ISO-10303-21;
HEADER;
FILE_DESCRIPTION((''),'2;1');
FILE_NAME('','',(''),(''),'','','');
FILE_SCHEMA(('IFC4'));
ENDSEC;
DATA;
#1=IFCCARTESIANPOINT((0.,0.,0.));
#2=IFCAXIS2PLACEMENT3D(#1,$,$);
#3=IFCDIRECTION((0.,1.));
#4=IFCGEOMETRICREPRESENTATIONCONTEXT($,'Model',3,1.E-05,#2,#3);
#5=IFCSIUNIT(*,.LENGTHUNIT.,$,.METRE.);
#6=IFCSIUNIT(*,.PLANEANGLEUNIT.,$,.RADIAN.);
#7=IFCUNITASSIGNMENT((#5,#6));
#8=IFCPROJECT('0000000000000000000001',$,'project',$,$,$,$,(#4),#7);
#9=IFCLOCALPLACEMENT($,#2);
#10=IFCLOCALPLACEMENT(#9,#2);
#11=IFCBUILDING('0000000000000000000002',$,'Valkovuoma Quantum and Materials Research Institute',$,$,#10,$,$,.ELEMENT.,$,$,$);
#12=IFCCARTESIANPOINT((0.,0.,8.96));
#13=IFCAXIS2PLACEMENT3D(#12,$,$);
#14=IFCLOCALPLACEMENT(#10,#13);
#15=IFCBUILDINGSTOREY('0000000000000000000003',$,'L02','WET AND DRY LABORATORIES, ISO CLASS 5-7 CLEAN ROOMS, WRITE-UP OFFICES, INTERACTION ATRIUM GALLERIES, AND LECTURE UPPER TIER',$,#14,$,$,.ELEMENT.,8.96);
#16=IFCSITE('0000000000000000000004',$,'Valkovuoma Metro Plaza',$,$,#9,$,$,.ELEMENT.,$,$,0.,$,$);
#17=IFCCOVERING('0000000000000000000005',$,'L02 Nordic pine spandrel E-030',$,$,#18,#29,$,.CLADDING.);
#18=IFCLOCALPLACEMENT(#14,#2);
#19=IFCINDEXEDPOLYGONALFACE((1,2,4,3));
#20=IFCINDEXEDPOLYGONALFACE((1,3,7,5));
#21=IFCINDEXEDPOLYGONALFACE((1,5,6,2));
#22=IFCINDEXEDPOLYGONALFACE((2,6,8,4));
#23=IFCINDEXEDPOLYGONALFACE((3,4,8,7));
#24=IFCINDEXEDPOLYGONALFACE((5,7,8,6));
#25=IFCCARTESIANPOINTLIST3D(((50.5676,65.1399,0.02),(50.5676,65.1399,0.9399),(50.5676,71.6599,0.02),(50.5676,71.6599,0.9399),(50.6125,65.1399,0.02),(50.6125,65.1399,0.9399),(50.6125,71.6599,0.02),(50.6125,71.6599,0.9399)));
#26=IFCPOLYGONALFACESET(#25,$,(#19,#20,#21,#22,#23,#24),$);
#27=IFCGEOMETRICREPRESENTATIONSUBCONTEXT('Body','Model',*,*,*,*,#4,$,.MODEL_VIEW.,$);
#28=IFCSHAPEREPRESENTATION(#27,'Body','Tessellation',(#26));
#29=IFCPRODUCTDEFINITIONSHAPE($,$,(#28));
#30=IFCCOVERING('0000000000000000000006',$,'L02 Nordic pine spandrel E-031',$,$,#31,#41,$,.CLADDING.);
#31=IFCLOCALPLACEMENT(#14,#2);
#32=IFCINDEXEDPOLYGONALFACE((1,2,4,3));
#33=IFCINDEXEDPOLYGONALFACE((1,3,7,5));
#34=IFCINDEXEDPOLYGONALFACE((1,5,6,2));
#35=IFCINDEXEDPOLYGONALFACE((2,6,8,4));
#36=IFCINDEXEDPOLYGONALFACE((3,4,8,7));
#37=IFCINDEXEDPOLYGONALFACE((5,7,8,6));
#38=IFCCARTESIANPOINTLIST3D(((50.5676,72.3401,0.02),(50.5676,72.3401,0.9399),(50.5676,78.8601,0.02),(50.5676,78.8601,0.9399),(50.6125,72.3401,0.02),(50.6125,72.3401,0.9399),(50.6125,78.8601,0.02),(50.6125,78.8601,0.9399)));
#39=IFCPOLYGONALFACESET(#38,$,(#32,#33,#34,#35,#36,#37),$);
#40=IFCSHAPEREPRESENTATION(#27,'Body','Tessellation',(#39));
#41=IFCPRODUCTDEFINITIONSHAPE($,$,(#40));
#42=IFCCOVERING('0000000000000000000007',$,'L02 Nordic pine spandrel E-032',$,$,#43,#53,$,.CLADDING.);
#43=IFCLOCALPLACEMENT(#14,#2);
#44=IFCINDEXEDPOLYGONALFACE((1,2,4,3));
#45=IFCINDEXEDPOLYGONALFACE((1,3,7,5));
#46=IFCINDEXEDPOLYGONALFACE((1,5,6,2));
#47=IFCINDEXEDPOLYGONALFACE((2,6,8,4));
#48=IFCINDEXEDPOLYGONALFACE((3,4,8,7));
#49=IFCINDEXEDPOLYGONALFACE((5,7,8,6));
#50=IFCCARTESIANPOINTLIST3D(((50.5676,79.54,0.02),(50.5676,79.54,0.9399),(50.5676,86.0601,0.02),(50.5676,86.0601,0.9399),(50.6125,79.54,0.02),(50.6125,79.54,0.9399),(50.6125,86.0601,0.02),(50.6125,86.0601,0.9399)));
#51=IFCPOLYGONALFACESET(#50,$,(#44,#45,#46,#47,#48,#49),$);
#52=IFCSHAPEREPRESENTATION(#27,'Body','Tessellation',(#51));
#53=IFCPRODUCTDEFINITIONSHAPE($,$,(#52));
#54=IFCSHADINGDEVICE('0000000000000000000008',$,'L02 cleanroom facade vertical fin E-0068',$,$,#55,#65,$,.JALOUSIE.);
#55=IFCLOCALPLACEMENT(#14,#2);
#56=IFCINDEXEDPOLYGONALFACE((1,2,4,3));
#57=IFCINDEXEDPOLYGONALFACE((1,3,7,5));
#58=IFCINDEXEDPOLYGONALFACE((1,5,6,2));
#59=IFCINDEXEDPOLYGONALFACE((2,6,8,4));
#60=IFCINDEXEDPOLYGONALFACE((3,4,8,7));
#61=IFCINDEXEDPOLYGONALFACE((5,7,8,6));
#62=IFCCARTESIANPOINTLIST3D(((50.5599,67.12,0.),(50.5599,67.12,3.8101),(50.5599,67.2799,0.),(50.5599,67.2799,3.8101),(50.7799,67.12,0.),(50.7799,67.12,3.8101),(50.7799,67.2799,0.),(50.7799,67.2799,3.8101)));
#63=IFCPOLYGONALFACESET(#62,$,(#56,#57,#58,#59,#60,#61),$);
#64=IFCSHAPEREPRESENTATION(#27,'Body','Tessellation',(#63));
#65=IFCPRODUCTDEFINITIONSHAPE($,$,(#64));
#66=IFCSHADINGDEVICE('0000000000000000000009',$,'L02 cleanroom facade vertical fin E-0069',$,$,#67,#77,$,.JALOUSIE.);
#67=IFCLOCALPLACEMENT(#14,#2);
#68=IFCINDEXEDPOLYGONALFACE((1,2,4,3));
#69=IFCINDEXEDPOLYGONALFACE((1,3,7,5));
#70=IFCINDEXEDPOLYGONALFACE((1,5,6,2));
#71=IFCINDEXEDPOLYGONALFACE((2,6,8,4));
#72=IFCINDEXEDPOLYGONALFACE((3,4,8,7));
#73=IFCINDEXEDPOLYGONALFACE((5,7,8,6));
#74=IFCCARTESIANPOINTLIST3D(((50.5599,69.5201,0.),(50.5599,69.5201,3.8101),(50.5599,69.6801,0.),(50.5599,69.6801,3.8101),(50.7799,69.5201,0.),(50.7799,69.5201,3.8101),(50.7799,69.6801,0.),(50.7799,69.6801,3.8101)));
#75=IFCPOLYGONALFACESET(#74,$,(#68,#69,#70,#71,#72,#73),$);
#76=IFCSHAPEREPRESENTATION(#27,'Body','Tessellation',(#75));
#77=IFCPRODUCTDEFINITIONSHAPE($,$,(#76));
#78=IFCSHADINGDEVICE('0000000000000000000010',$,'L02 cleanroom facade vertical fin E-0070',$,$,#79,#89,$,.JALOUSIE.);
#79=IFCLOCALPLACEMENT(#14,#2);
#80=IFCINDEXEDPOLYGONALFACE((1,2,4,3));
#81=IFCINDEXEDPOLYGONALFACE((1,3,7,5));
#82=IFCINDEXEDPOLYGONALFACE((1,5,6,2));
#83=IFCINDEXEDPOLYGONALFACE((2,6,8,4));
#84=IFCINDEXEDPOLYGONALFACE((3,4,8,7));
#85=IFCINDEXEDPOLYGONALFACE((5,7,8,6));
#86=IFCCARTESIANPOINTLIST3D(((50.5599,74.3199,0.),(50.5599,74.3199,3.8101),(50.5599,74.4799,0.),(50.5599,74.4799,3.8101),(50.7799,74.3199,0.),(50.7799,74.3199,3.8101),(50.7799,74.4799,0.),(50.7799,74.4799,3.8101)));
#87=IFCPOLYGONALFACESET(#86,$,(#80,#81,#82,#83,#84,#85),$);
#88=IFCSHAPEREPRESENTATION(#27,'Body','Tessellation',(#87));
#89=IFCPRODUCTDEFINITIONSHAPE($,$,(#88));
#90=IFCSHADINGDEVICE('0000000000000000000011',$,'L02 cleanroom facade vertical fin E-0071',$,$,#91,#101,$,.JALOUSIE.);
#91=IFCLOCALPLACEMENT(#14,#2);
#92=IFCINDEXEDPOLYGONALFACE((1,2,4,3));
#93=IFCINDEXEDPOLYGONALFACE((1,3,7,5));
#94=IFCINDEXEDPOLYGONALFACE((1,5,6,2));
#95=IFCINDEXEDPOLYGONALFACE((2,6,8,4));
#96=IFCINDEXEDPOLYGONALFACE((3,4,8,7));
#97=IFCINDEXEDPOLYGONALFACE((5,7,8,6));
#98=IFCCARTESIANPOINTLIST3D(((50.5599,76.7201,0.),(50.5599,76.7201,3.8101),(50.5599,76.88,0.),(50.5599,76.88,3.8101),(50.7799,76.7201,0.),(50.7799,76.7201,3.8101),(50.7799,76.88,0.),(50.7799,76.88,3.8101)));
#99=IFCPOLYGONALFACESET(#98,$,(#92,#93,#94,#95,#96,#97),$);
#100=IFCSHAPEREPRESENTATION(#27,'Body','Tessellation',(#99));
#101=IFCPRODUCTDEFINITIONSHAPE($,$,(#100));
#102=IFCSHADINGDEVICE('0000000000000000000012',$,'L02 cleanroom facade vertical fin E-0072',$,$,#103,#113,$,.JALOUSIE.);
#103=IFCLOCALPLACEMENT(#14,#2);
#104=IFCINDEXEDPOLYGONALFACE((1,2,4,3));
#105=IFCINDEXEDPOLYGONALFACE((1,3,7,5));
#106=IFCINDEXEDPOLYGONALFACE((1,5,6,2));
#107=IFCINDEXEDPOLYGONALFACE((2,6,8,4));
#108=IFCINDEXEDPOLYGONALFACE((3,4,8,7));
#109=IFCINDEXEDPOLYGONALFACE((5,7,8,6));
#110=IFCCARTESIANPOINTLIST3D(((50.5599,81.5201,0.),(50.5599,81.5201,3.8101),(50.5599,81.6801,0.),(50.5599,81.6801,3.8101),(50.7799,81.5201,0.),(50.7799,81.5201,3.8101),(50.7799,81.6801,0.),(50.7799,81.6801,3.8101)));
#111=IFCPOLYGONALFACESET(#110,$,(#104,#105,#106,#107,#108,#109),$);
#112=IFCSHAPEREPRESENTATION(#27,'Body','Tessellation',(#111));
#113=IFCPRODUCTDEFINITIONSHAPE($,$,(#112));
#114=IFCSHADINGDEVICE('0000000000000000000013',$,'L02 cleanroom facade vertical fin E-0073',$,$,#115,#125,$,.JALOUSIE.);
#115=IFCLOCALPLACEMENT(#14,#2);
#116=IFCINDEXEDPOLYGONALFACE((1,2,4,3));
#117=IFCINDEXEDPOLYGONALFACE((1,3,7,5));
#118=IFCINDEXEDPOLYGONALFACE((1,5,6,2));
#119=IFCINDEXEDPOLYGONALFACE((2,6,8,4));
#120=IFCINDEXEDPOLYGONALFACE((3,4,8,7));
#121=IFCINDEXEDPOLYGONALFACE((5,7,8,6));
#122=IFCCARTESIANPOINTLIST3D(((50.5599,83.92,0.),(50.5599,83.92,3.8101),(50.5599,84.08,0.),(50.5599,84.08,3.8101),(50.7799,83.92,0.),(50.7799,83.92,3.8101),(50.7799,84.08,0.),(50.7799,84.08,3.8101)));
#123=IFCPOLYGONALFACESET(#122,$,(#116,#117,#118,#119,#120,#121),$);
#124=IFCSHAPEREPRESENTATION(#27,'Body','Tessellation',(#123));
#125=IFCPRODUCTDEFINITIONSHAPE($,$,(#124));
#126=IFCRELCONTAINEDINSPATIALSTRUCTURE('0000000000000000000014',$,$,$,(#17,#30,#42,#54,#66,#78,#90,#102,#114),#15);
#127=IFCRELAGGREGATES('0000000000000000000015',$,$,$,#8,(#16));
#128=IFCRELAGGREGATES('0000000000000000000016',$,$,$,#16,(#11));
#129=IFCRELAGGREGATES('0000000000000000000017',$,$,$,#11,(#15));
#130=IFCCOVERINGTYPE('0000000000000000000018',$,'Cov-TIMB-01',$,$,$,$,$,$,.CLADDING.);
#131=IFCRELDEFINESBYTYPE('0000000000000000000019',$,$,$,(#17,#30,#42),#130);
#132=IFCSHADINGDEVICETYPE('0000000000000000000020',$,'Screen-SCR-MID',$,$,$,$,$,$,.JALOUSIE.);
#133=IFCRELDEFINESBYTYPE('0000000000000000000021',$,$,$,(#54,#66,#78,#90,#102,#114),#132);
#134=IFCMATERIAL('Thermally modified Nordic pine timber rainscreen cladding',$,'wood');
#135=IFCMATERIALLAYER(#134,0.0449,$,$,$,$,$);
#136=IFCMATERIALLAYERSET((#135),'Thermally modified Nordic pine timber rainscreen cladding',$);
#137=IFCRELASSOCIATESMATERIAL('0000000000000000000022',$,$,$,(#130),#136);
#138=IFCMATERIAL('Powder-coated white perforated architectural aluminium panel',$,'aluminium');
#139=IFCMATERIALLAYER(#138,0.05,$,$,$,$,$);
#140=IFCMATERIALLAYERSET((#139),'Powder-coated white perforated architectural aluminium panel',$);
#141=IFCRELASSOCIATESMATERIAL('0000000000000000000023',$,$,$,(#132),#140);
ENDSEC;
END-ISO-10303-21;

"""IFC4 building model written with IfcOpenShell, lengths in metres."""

from ifc_helpers import new_model, si_unit, direction, frame, origin, origin_2d, place, context, subcontext, project, spatial, rectangle, extrude, material, layer, layer_set, type_object, element, save


model = new_model("IFC4")

# Units and contexts
model_context = context("Model", 3, precision=1e-05, world=origin(), true_north=direction((0.0, 1.0)))
body_context = subcontext(model_context, "Body", "Model", "MODEL_VIEW")
ifc_project = project(units=[si_unit("LENGTHUNIT", "METRE"), si_unit("PLANEANGLEUNIT", "RADIAN")], contexts=[model_context])

# Site, building, storey
site_placement = place(None, origin())
site = spatial("IfcSite", under=ifc_project, at=site_placement, Name="Valkovuoma Metro Plaza", CompositionType="ELEMENT", RefElevation=0.0)
building_placement = place(site_placement, origin())
building = spatial("IfcBuilding", under=site, at=building_placement, Name="Valkovuoma Quantum and Materials Research Institute", CompositionType="ELEMENT")
storey_placement = place(building_placement, frame((0.0, 0.0, 8.96)))
storey = spatial("IfcBuildingStorey", under=building, at=storey_placement, Name="L02", Description="WET AND DRY LABORATORIES, ISO CLASS 5-7 CLEAN ROOMS, WRITE-UP OFFICES, INTERACTION ATRIUM GALLERIES, AND LECTURE UPPER TIER", CompositionType="ELEMENT", Elevation=8.96)

# Coverings
ifc_material_1 = material(Name="Thermally modified Nordic pine timber rainscreen cladding", Category="wood")
ifc_layer_1 = layer(ifc_material_1, 0.0449)
ifc_layer_set_1 = layer_set([ifc_layer_1], Name="Thermally modified Nordic pine timber rainscreen cladding")
covering_type = type_object("IfcCoveringType", Name="Cov-TIMB-01", PredefinedType="CLADDING", material=ifc_layer_set_1)
for number, where, z_axis, x_axis, name in (
    (1, (50.5901, 68.3999, 0.02), (0.0, 0.0, 1.0), (1.0, 0.0, 0.0), "L02 Nordic pine spandrel E-030"),
    (2, (50.5901, 75.6001, 0.02), (0.0, 0.0, 1.0), (1.0, 0.0, 0.0), "L02 Nordic pine spandrel E-031"),
    (3, (50.5901, 82.8, 0.02), (0.0, 0.0, 1.0), (1.0, 0.0, 0.0), "L02 Nordic pine spandrel E-032"),
):
    element("IfcCovering", number, at=place(storey_placement, frame(where, z_axis=z_axis, x_axis=x_axis)), inside=storey, type_object=covering_type, Name=name, PredefinedType="CLADDING", context=body_context, shape_type="SweptSolid", body=[
        extrude(rectangle(XDim=0.0449, YDim=6.52, at=origin_2d()), origin(), (0.0, 0.0, 1.0), 0.9199),
    ])

# Shading devices
ifc_material_2 = material(Name="Powder-coated white perforated architectural aluminium panel", Category="aluminium")
ifc_layer_2 = layer(ifc_material_2, 0.05)
ifc_layer_set_2 = layer_set([ifc_layer_2], Name="Powder-coated white perforated architectural aluminium panel")
shading_device_type = type_object("IfcShadingDeviceType", Name="Screen-SCR-MID", PredefinedType="JALOUSIE", material=ifc_layer_set_2)
for number, where, z_axis, x_axis, name in (
    (4, (50.6699, 67.2, 0.0), (0.0, 0.0, 1.0), (1.0, 0.0, 0.0), "L02 cleanroom facade vertical fin E-0068"),
    (5, (50.6699, 69.6001, 0.0), (0.0, 0.0, 1.0), (1.0, 0.0, 0.0), "L02 cleanroom facade vertical fin E-0069"),
    (6, (50.6699, 74.3999, 0.0), (0.0, 0.0, 1.0), (1.0, 0.0, 0.0), "L02 cleanroom facade vertical fin E-0070"),
    (7, (50.6699, 76.8, 0.0), (0.0, 0.0, 1.0), (1.0, 0.0, 0.0), "L02 cleanroom facade vertical fin E-0071"),
    (8, (50.6699, 81.6001, 0.0), (0.0, 0.0, 1.0), (1.0, 0.0, 0.0), "L02 cleanroom facade vertical fin E-0072"),
    (9, (50.6699, 84.0, 0.0), (0.0, 0.0, 1.0), (1.0, 0.0, 0.0), "L02 cleanroom facade vertical fin E-0073"),
):
    element("IfcShadingDevice", number, at=place(storey_placement, frame(where, z_axis=z_axis, x_axis=x_axis)), inside=storey, type_object=shading_device_type, Name=name, PredefinedType="JALOUSIE", context=body_context, shape_type="SweptSolid", body=[
        extrude(rectangle(XDim=0.22, YDim=0.1599, at=origin_2d()), origin(), (0.0, 0.0, 1.0), 3.8101),
    ])

save(model, "model.ifc")
